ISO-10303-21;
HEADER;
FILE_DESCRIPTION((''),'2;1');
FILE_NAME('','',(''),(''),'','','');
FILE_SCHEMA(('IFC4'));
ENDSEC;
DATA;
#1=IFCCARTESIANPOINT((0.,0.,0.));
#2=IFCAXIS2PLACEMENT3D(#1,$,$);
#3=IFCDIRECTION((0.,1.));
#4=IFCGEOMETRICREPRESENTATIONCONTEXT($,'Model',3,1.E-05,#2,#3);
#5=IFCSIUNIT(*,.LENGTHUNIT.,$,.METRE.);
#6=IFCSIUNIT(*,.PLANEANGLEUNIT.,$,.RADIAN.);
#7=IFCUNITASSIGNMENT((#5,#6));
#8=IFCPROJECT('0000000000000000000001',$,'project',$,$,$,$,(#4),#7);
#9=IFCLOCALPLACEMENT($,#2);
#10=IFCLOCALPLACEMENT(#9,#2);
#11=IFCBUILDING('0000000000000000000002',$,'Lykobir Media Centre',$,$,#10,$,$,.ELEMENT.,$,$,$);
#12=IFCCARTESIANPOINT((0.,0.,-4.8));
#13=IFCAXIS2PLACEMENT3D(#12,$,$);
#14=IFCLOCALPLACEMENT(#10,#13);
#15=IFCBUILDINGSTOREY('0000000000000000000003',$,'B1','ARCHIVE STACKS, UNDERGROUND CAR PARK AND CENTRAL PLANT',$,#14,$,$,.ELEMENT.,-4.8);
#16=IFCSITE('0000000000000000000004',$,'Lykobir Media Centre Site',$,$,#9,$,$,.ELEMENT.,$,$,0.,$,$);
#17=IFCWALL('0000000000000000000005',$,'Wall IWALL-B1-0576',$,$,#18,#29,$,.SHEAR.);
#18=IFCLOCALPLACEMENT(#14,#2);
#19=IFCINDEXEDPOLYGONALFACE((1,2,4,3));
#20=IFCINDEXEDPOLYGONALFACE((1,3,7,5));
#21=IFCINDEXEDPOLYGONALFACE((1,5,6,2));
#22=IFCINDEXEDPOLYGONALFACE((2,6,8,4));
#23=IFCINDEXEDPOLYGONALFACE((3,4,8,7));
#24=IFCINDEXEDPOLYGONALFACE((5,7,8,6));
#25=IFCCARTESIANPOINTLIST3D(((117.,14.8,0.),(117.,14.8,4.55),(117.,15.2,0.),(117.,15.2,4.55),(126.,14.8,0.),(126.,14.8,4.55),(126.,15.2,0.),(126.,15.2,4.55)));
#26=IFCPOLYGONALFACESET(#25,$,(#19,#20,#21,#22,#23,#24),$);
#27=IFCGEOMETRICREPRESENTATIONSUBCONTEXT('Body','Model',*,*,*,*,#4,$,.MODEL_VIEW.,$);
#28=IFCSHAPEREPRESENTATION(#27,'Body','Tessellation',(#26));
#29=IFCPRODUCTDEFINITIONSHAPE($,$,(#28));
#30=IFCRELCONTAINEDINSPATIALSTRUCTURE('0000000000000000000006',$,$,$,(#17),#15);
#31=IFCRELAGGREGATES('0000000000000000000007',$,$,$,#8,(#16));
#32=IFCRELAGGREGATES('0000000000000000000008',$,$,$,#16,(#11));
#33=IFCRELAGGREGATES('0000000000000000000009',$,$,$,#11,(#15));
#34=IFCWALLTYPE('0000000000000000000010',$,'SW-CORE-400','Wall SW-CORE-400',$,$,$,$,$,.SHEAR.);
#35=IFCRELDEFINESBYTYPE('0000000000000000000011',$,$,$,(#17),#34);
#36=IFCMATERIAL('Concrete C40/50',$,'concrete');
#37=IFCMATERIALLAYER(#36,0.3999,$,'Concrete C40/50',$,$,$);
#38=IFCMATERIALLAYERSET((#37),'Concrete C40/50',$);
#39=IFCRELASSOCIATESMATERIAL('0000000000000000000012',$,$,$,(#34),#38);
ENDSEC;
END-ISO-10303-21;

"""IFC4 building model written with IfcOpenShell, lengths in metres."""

from ifc_helpers import new_model, si_unit, direction, frame, frame_2d, origin, place, context, subcontext, project, spatial, rectangle, extrude, material, layer, layer_set, type_object, element, save


model = new_model("IFC4")

# Units and contexts
model_context = context("Model", 3, precision=1e-05, world=origin(), true_north=direction((0.0, 1.0)))
body_context = subcontext(model_context, "Body", "Model", "MODEL_VIEW")
ifc_project = project(units=[si_unit("LENGTHUNIT", "METRE"), si_unit("PLANEANGLEUNIT", "RADIAN")], contexts=[model_context])

# Site, building, storey
site_placement = place(None, origin())
site = spatial("IfcSite", under=ifc_project, at=site_placement, Name="Lykobir Media Centre Site", CompositionType="ELEMENT", RefElevation=0.0)
building_placement = place(site_placement, origin())
building = spatial("IfcBuilding", under=site, at=building_placement, Name="Lykobir Media Centre", CompositionType="ELEMENT")
storey_placement = place(building_placement, frame((0.0, 0.0, -4.8)))
storey = spatial("IfcBuildingStorey", under=building, at=storey_placement, Name="B1", Description="ARCHIVE STACKS, UNDERGROUND CAR PARK AND CENTRAL PLANT", CompositionType="ELEMENT", Elevation=-4.8)

# Shared definitions
ifc_material_1 = material(Name="Concrete C40/50", Category="concrete")

# Wall
ifc_layer = layer(ifc_material_1, 0.3999, Name="Concrete C40/50")
ifc_layer_set = layer_set([ifc_layer], Name="Concrete C40/50")
wall_type = type_object("IfcWallType", Name="SW-CORE-400", Description="Wall SW-CORE-400", PredefinedType="SHEAR", material=ifc_layer_set)
wall_placement = place(storey_placement, frame((126.0, 15.0, 0.0), z_axis=(0.0, 0.0, 1.0), x_axis=(-1.0, 0.0, 0.0)))
element("IfcWall", 1, at=wall_placement, inside=storey, type_object=wall_type, Name="Wall IWALL-B1-0576", PredefinedType="SHEAR", context=body_context, shape_type="SweptSolid", body=[
    extrude(rectangle(XDim=9.0, YDim=0.3999, at=frame_2d((4.5, 0.0))), origin(), (0.0, 0.0, 1.0), 4.55),
])

save(model, "model.ifc")
